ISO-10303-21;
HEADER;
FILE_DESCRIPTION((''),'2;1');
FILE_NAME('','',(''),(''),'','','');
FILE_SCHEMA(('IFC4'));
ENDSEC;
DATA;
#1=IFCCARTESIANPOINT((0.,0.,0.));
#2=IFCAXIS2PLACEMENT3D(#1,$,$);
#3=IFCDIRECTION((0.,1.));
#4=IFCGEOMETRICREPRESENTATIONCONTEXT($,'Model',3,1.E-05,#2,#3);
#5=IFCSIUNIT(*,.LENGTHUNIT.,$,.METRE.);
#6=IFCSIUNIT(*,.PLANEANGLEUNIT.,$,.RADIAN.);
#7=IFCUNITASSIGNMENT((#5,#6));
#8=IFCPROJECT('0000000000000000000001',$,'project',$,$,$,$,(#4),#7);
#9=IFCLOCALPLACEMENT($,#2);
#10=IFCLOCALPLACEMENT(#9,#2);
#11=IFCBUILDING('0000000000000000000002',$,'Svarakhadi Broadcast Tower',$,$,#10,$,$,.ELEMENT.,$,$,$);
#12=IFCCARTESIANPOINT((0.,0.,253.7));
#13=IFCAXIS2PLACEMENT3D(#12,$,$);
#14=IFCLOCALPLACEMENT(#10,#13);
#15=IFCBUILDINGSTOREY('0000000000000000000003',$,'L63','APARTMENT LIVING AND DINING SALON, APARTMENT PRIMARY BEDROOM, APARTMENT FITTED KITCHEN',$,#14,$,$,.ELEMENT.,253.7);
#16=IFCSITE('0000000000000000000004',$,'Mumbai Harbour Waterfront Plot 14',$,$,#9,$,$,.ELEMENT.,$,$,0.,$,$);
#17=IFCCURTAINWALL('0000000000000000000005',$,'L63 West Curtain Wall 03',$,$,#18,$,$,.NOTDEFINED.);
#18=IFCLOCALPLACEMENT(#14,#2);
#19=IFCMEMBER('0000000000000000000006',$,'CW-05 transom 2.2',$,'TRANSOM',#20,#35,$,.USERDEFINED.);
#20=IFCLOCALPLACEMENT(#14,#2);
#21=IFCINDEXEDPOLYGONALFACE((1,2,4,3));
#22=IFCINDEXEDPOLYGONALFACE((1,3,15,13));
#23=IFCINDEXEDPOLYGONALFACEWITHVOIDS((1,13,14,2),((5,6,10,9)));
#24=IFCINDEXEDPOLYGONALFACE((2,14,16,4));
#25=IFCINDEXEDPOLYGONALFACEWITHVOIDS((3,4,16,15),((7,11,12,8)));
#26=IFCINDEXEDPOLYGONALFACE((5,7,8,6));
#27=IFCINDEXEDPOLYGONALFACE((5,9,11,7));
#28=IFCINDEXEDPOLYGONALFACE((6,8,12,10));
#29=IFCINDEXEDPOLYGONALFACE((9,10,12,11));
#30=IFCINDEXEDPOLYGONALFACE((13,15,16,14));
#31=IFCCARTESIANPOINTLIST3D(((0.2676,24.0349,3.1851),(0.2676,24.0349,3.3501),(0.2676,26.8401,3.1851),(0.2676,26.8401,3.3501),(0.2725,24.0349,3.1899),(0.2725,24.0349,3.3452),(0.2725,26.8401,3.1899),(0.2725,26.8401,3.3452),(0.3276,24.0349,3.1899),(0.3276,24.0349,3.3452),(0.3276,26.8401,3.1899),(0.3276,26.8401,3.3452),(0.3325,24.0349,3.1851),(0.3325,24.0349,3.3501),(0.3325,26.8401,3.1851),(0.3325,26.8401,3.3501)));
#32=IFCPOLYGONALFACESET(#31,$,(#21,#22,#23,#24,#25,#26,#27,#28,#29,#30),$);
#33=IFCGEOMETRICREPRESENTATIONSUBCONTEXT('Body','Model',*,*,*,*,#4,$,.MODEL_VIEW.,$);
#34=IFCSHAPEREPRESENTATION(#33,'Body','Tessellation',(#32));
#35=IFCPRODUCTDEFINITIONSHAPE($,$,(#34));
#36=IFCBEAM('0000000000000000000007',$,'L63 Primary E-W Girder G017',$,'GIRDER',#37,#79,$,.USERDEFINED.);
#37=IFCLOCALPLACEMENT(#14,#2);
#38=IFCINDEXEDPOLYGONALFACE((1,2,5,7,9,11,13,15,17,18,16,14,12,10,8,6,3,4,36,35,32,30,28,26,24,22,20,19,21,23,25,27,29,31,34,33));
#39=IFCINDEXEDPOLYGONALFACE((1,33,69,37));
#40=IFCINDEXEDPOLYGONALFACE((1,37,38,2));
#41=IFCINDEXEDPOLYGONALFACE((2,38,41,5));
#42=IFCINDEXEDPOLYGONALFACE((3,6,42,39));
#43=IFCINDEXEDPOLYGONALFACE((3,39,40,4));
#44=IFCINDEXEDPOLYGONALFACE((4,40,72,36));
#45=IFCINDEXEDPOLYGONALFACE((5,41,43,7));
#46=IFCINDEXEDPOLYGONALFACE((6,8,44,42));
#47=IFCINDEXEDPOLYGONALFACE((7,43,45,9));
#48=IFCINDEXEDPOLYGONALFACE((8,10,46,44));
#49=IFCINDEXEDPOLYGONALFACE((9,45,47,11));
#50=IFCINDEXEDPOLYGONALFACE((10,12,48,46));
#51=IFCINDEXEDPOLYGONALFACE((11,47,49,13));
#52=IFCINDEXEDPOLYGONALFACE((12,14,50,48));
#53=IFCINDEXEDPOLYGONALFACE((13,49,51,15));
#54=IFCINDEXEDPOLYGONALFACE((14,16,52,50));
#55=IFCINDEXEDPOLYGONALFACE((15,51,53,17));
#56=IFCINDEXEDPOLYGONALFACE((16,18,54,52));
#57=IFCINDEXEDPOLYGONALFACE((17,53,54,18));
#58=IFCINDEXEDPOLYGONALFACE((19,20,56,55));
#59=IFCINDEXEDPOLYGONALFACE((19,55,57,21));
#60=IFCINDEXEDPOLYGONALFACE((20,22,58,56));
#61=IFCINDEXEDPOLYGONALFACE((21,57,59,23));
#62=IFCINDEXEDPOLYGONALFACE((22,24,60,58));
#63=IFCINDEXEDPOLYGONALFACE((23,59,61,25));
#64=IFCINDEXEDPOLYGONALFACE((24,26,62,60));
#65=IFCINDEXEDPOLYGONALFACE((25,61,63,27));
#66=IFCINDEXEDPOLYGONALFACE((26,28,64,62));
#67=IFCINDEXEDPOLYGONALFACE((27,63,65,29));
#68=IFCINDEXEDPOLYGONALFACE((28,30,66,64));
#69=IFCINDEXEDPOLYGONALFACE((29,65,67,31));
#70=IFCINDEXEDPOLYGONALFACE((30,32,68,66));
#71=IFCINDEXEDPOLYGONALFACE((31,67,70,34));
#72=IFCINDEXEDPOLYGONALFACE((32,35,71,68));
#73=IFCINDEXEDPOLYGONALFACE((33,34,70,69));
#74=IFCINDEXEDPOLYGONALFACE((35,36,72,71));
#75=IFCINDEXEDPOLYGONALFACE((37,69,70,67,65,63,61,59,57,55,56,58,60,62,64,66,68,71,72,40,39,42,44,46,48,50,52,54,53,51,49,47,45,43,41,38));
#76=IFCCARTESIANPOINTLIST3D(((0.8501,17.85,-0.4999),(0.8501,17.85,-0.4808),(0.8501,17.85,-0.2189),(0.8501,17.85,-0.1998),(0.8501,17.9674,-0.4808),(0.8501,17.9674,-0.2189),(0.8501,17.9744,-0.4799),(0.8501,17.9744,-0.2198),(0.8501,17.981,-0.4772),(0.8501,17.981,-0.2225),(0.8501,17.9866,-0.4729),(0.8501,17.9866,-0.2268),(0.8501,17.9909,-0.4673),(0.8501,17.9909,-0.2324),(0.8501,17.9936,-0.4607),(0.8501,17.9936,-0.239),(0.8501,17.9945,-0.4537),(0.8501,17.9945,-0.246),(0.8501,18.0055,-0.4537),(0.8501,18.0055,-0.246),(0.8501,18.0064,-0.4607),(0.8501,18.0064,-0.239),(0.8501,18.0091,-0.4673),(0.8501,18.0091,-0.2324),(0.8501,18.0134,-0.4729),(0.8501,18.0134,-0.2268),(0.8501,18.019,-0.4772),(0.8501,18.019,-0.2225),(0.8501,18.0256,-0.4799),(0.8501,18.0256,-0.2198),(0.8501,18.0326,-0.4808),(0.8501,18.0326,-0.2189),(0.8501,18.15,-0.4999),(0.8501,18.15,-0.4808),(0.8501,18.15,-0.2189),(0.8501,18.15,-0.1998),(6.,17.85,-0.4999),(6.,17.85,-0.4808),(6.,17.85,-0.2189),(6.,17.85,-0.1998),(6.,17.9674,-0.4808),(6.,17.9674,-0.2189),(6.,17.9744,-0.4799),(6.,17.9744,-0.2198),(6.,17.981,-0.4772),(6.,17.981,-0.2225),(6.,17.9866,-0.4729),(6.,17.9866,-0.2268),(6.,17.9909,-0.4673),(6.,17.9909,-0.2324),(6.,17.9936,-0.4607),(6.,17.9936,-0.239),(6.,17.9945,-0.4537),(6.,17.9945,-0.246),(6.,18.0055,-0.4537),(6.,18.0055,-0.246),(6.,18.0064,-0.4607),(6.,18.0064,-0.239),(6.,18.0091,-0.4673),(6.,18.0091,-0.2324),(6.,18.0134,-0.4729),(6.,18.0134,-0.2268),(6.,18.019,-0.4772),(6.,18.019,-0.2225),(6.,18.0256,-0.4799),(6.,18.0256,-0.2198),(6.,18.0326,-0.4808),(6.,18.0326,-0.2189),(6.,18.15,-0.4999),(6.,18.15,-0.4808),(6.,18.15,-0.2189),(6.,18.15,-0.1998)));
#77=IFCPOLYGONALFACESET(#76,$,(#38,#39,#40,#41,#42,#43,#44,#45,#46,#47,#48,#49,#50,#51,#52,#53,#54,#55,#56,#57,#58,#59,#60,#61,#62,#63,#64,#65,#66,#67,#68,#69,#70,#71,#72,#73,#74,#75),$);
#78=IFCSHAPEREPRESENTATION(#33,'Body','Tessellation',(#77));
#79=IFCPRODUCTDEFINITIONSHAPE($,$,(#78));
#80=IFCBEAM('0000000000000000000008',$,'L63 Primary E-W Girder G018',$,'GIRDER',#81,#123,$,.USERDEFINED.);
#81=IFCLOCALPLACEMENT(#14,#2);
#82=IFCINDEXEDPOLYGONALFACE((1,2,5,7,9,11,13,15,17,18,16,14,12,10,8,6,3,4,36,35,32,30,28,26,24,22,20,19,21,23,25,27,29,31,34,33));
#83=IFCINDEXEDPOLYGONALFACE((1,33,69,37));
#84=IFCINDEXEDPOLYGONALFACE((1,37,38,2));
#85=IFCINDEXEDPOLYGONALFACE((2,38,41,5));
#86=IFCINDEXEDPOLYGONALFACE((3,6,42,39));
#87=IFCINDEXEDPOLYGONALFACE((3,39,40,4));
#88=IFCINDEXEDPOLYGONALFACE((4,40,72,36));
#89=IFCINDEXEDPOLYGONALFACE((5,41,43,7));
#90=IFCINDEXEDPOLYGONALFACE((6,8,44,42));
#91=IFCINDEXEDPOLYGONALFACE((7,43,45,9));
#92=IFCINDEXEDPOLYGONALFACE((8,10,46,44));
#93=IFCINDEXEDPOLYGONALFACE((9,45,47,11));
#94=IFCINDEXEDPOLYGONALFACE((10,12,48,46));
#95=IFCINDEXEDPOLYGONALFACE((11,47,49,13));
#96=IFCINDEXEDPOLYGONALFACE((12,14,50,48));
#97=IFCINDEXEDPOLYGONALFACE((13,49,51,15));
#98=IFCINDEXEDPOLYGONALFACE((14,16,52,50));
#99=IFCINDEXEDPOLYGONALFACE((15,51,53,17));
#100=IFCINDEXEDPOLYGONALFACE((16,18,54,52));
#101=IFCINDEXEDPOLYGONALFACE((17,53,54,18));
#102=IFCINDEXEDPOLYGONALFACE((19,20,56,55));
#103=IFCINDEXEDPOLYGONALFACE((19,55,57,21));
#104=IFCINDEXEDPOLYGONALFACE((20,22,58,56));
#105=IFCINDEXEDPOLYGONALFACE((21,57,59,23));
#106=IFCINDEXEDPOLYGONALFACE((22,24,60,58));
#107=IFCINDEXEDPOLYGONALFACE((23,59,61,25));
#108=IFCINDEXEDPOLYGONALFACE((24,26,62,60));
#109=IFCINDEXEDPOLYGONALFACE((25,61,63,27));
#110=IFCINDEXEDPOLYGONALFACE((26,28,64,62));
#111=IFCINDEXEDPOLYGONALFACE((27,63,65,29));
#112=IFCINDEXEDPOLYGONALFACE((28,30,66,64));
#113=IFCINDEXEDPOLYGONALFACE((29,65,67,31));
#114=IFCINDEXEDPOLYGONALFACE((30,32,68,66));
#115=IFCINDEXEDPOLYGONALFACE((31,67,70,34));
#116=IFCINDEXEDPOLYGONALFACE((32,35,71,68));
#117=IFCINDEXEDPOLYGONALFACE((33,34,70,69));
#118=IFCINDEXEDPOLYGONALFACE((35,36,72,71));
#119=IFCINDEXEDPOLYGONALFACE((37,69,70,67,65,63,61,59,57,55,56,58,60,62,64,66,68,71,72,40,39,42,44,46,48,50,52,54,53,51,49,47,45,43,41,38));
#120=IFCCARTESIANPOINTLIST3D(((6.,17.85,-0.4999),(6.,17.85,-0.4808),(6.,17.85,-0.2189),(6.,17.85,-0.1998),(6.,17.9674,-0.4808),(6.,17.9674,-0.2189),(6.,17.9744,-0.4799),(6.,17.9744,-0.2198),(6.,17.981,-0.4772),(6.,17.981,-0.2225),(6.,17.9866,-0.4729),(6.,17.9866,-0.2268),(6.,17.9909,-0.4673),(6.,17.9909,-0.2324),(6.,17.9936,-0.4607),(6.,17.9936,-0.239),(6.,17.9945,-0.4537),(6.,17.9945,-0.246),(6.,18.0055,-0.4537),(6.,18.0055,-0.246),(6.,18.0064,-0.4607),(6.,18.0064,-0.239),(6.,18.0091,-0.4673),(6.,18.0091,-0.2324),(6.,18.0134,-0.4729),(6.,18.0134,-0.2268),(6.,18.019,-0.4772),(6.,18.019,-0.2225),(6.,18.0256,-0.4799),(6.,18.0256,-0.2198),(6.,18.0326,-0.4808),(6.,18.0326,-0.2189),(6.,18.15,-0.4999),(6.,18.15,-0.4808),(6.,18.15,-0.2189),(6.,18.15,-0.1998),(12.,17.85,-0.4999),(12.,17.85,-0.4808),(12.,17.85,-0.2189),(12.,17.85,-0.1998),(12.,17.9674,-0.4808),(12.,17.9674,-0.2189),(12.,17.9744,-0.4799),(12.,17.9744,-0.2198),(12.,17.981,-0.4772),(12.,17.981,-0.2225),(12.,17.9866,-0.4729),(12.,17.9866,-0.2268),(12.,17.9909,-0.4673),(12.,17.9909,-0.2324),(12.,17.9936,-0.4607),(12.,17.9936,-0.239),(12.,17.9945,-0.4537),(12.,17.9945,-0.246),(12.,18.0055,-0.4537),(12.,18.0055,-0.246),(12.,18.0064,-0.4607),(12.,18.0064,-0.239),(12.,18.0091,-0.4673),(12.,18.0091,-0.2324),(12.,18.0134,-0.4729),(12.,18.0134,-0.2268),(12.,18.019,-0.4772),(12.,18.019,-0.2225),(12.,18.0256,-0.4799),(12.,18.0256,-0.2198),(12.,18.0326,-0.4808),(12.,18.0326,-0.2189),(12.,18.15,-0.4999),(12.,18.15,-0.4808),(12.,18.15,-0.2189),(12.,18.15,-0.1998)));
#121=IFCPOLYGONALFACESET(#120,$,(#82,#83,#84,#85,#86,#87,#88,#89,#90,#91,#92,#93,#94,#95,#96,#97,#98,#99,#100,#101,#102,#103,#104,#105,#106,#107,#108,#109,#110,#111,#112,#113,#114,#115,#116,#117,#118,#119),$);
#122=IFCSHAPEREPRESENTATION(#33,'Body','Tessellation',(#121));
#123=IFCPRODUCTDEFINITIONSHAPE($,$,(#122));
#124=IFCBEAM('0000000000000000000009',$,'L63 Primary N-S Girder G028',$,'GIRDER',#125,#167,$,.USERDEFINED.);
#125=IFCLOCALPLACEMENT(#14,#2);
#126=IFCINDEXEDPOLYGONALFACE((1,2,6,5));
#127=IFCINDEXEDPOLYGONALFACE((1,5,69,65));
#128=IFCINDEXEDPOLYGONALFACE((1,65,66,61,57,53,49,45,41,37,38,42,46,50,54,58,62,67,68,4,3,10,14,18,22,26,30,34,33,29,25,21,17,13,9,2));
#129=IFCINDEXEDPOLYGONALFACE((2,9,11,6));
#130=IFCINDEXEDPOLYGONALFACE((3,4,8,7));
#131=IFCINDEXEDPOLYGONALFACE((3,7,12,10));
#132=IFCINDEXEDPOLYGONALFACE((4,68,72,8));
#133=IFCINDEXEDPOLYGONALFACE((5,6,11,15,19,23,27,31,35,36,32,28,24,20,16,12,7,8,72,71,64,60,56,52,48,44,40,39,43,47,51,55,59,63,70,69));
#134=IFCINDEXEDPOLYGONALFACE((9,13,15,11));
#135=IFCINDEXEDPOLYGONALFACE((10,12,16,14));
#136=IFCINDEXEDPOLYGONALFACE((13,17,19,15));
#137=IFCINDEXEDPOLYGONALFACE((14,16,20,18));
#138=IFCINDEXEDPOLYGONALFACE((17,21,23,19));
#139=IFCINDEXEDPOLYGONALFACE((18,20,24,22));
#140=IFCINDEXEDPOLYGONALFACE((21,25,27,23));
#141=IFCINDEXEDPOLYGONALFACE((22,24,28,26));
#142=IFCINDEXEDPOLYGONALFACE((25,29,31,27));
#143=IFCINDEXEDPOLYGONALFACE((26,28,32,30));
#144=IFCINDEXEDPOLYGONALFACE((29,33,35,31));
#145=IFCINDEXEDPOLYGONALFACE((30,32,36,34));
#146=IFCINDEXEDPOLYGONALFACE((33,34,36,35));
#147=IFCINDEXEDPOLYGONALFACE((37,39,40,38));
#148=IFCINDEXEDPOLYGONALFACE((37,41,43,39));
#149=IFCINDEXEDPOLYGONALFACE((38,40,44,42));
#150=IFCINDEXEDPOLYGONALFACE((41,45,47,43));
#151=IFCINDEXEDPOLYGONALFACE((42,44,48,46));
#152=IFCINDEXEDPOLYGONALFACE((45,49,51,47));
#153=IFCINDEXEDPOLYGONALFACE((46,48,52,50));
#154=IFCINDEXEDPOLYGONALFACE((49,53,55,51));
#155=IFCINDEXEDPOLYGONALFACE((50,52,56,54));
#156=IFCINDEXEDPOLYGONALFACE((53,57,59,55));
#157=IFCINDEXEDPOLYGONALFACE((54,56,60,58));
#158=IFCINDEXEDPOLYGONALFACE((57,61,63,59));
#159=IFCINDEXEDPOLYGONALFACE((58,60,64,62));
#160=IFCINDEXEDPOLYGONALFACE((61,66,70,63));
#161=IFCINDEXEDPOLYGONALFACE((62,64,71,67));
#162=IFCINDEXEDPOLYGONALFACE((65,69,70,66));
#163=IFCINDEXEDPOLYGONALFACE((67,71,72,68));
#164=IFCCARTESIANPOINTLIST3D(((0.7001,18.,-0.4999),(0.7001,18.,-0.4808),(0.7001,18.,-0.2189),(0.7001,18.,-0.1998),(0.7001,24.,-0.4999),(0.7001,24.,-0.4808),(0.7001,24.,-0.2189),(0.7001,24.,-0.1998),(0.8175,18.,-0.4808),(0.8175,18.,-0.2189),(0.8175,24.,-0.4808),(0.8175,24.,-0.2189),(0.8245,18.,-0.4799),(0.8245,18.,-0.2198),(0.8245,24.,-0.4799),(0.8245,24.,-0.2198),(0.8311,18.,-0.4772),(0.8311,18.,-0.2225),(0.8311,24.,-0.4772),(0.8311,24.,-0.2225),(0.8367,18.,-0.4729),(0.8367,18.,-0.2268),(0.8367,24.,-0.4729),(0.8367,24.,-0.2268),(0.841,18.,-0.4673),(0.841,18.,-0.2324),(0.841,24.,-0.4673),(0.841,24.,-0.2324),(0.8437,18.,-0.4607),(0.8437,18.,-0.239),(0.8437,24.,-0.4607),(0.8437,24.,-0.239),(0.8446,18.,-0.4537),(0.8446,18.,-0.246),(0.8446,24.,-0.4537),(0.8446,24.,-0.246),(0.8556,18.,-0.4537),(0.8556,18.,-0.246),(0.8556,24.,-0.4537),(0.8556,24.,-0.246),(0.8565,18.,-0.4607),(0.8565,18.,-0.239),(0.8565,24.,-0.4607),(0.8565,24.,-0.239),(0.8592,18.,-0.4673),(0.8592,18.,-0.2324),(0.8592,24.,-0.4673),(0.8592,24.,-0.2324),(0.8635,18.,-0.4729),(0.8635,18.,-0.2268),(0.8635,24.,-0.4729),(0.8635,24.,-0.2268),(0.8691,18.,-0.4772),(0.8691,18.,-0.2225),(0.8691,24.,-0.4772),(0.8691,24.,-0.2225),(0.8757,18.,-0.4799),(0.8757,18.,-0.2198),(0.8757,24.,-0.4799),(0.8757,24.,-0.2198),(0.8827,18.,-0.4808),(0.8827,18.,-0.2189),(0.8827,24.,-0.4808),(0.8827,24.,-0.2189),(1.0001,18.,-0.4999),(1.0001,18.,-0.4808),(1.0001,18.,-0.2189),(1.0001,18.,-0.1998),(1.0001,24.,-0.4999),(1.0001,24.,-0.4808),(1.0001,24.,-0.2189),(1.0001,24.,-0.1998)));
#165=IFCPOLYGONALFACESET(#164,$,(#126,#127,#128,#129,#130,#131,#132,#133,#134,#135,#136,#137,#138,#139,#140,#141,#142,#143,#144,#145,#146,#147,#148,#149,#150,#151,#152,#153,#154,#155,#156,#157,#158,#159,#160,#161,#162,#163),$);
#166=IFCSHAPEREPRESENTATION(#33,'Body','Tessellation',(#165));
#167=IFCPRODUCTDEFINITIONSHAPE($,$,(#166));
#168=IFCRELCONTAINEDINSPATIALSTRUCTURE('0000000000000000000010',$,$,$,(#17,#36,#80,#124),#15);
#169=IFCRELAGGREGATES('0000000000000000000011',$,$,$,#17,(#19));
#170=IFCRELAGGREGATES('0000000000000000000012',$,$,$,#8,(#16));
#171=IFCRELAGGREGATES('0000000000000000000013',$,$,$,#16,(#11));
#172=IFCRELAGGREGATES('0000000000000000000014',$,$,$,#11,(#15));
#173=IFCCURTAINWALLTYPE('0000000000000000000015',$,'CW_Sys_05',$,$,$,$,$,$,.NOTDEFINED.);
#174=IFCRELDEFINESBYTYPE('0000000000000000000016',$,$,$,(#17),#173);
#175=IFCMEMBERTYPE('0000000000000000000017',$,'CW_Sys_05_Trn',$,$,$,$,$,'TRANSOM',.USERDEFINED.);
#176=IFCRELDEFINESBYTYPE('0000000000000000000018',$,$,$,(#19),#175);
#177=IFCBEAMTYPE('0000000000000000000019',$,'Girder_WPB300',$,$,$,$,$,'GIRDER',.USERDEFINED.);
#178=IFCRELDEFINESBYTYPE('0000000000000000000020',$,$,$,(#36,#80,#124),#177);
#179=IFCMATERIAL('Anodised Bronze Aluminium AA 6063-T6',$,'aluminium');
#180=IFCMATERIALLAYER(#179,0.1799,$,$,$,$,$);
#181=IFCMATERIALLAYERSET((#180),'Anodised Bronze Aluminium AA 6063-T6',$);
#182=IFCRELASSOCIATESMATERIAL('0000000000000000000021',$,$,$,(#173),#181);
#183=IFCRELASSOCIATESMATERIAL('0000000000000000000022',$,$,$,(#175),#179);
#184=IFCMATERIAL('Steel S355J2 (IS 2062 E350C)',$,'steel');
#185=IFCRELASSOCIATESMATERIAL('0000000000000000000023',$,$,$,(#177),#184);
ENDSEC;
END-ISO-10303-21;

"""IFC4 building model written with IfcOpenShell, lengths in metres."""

from ifc_helpers import new_model, si_unit, direction, frame, origin, origin_2d, place, context, subcontext, project, spatial, hollow_rectangle, i_section, extrude, material, layer, layer_set, material_profile, profile_set, type_object, element, aggregate, save


model = new_model("IFC4")

# Units and contexts
model_context = context("Model", 3, precision=1e-05, world=origin(), true_north=direction((0.0, 1.0)))
body_context = subcontext(model_context, "Body", "Model", "MODEL_VIEW")
ifc_project = project(units=[si_unit("LENGTHUNIT", "METRE"), si_unit("PLANEANGLEUNIT", "RADIAN")], contexts=[model_context])

# Site, building, storey
site_placement = place(None, origin())
site = spatial("IfcSite", under=ifc_project, at=site_placement, Name="Mumbai Harbour Waterfront Plot 14", CompositionType="ELEMENT", RefElevation=0.0)
building_placement = place(site_placement, origin())
building = spatial("IfcBuilding", under=site, at=building_placement, Name="Svarakhadi Broadcast Tower", CompositionType="ELEMENT")
storey_placement = place(building_placement, frame((0.0, 0.0, 253.7)))
storey = spatial("IfcBuildingStorey", under=building, at=storey_placement, Name="L63", Description="APARTMENT LIVING AND DINING SALON, APARTMENT PRIMARY BEDROOM, APARTMENT FITTED KITCHEN", CompositionType="ELEMENT", Elevation=253.7)

# Shared definitions
ifc_material_1 = material(Name="Steel S355J2 (IS 2062 E350C)", Category="steel")

# Curtain wall, member
ifc_material_2 = material(Name="Anodised Bronze Aluminium AA 6063-T6", Category="aluminium")
ifc_layer_1 = layer(ifc_material_2, 0.1799)
ifc_layer_set_1 = layer_set([ifc_layer_1], Name="Anodised Bronze Aluminium AA 6063-T6")
curtain_wall_type = type_object("IfcCurtainWallType", Name="CW_Sys_05", PredefinedType="NOTDEFINED", material=ifc_layer_set_1)
curtain_wall_placement = place(storey_placement, origin())
curtain_wall = element("IfcCurtainWall", 1, at=curtain_wall_placement, inside=storey, type_object=curtain_wall_type, Name="L63 West Curtain Wall 03", PredefinedType="NOTDEFINED")
ifc_material_profile_1 = material_profile(ifc_material_2, hollow_rectangle(XDim=0.0649, YDim=0.165, WallThickness=0.0049, at=origin_2d()), Name="ALU TRANSOM 165x65x5")
ifc_profile_set_1 = profile_set([ifc_material_profile_1], Name="Anodised Bronze Aluminium AA 6063-T6")
member_type_1 = type_object("IfcMemberType", Name="CW_Sys_05_Trn", ElementType="TRANSOM", PredefinedType="USERDEFINED", material=ifc_profile_set_1)
member_1_placement = place(storey_placement, frame((0.3, 24.0349, 3.2676), z_axis=(0.0, 1.0, 0.0), x_axis=(-1.0, 0.0, 0.0)))
member_1 = element("IfcMember", 2, at=member_1_placement, type_object=member_type_1, Name="CW-05 transom 2.2", ObjectType="TRANSOM", PredefinedType="USERDEFINED", context=body_context, shape_type="SweptSolid", body=[
    extrude(hollow_rectangle(XDim=0.0649, YDim=0.165, WallThickness=0.0049, at=origin_2d()), origin(), (0.0, 0.0, 1.0), 2.8052),
])

# Beams
ifc_material_profile_2 = material_profile(ifc_material_1, i_section(OverallWidth=0.3, OverallDepth=0.3, WebThickness=0.011, FlangeThickness=0.019, FilletRadius=0.0271, at=origin_2d()), Name="WPB 300x300x117")
ifc_profile_set_2 = profile_set([ifc_material_profile_2], Name="Steel S355J2 (IS 2062 E350C)")
beam_type_1 = type_object("IfcBeamType", Name="Girder_WPB300", ElementType="GIRDER", PredefinedType="USERDEFINED", material=ifc_profile_set_2)
beam_1_placement = place(storey_placement, frame((0.8501, 18.0, -0.3499), z_axis=(1.0, 0.0, 0.0), x_axis=(0.0, 1.0, 0.0)))
element("IfcBeam", 3, at=beam_1_placement, inside=storey, type_object=beam_type_1, Name="L63 Primary E-W Girder G017", ObjectType="GIRDER", PredefinedType="USERDEFINED", context=body_context, shape_type="SweptSolid", body=[
    extrude(i_section(OverallWidth=0.3, OverallDepth=0.3, WebThickness=0.011, FlangeThickness=0.019, FilletRadius=0.0271, at=origin_2d()), origin(), (0.0, 0.0, 1.0), 5.1499),
])
for number, where, z_axis, x_axis, name in (
    (4, (6.0, 18.0, -0.3499), (1.0, 0.0, 0.0), (0.0, 1.0, 0.0), "L63 Primary E-W Girder G018"),
    (5, (0.8501, 18.0, -0.3499), (0.0, 1.0, 0.0), (-1.0, 0.0, 0.0), "L63 Primary N-S Girder G028"),
):
    element("IfcBeam", number, at=place(storey_placement, frame(where, z_axis=z_axis, x_axis=x_axis)), inside=storey, type_object=beam_type_1, Name=name, ObjectType="GIRDER", PredefinedType="USERDEFINED", context=body_context, shape_type="SweptSolid", body=[
        extrude(i_section(OverallWidth=0.3, OverallDepth=0.3, WebThickness=0.011, FlangeThickness=0.019, FilletRadius=0.0271, at=origin_2d()), origin(), (0.0, 0.0, 1.0), 6.0),
    ])

aggregate(curtain_wall, [member_1])

save(model, "model.ifc")
